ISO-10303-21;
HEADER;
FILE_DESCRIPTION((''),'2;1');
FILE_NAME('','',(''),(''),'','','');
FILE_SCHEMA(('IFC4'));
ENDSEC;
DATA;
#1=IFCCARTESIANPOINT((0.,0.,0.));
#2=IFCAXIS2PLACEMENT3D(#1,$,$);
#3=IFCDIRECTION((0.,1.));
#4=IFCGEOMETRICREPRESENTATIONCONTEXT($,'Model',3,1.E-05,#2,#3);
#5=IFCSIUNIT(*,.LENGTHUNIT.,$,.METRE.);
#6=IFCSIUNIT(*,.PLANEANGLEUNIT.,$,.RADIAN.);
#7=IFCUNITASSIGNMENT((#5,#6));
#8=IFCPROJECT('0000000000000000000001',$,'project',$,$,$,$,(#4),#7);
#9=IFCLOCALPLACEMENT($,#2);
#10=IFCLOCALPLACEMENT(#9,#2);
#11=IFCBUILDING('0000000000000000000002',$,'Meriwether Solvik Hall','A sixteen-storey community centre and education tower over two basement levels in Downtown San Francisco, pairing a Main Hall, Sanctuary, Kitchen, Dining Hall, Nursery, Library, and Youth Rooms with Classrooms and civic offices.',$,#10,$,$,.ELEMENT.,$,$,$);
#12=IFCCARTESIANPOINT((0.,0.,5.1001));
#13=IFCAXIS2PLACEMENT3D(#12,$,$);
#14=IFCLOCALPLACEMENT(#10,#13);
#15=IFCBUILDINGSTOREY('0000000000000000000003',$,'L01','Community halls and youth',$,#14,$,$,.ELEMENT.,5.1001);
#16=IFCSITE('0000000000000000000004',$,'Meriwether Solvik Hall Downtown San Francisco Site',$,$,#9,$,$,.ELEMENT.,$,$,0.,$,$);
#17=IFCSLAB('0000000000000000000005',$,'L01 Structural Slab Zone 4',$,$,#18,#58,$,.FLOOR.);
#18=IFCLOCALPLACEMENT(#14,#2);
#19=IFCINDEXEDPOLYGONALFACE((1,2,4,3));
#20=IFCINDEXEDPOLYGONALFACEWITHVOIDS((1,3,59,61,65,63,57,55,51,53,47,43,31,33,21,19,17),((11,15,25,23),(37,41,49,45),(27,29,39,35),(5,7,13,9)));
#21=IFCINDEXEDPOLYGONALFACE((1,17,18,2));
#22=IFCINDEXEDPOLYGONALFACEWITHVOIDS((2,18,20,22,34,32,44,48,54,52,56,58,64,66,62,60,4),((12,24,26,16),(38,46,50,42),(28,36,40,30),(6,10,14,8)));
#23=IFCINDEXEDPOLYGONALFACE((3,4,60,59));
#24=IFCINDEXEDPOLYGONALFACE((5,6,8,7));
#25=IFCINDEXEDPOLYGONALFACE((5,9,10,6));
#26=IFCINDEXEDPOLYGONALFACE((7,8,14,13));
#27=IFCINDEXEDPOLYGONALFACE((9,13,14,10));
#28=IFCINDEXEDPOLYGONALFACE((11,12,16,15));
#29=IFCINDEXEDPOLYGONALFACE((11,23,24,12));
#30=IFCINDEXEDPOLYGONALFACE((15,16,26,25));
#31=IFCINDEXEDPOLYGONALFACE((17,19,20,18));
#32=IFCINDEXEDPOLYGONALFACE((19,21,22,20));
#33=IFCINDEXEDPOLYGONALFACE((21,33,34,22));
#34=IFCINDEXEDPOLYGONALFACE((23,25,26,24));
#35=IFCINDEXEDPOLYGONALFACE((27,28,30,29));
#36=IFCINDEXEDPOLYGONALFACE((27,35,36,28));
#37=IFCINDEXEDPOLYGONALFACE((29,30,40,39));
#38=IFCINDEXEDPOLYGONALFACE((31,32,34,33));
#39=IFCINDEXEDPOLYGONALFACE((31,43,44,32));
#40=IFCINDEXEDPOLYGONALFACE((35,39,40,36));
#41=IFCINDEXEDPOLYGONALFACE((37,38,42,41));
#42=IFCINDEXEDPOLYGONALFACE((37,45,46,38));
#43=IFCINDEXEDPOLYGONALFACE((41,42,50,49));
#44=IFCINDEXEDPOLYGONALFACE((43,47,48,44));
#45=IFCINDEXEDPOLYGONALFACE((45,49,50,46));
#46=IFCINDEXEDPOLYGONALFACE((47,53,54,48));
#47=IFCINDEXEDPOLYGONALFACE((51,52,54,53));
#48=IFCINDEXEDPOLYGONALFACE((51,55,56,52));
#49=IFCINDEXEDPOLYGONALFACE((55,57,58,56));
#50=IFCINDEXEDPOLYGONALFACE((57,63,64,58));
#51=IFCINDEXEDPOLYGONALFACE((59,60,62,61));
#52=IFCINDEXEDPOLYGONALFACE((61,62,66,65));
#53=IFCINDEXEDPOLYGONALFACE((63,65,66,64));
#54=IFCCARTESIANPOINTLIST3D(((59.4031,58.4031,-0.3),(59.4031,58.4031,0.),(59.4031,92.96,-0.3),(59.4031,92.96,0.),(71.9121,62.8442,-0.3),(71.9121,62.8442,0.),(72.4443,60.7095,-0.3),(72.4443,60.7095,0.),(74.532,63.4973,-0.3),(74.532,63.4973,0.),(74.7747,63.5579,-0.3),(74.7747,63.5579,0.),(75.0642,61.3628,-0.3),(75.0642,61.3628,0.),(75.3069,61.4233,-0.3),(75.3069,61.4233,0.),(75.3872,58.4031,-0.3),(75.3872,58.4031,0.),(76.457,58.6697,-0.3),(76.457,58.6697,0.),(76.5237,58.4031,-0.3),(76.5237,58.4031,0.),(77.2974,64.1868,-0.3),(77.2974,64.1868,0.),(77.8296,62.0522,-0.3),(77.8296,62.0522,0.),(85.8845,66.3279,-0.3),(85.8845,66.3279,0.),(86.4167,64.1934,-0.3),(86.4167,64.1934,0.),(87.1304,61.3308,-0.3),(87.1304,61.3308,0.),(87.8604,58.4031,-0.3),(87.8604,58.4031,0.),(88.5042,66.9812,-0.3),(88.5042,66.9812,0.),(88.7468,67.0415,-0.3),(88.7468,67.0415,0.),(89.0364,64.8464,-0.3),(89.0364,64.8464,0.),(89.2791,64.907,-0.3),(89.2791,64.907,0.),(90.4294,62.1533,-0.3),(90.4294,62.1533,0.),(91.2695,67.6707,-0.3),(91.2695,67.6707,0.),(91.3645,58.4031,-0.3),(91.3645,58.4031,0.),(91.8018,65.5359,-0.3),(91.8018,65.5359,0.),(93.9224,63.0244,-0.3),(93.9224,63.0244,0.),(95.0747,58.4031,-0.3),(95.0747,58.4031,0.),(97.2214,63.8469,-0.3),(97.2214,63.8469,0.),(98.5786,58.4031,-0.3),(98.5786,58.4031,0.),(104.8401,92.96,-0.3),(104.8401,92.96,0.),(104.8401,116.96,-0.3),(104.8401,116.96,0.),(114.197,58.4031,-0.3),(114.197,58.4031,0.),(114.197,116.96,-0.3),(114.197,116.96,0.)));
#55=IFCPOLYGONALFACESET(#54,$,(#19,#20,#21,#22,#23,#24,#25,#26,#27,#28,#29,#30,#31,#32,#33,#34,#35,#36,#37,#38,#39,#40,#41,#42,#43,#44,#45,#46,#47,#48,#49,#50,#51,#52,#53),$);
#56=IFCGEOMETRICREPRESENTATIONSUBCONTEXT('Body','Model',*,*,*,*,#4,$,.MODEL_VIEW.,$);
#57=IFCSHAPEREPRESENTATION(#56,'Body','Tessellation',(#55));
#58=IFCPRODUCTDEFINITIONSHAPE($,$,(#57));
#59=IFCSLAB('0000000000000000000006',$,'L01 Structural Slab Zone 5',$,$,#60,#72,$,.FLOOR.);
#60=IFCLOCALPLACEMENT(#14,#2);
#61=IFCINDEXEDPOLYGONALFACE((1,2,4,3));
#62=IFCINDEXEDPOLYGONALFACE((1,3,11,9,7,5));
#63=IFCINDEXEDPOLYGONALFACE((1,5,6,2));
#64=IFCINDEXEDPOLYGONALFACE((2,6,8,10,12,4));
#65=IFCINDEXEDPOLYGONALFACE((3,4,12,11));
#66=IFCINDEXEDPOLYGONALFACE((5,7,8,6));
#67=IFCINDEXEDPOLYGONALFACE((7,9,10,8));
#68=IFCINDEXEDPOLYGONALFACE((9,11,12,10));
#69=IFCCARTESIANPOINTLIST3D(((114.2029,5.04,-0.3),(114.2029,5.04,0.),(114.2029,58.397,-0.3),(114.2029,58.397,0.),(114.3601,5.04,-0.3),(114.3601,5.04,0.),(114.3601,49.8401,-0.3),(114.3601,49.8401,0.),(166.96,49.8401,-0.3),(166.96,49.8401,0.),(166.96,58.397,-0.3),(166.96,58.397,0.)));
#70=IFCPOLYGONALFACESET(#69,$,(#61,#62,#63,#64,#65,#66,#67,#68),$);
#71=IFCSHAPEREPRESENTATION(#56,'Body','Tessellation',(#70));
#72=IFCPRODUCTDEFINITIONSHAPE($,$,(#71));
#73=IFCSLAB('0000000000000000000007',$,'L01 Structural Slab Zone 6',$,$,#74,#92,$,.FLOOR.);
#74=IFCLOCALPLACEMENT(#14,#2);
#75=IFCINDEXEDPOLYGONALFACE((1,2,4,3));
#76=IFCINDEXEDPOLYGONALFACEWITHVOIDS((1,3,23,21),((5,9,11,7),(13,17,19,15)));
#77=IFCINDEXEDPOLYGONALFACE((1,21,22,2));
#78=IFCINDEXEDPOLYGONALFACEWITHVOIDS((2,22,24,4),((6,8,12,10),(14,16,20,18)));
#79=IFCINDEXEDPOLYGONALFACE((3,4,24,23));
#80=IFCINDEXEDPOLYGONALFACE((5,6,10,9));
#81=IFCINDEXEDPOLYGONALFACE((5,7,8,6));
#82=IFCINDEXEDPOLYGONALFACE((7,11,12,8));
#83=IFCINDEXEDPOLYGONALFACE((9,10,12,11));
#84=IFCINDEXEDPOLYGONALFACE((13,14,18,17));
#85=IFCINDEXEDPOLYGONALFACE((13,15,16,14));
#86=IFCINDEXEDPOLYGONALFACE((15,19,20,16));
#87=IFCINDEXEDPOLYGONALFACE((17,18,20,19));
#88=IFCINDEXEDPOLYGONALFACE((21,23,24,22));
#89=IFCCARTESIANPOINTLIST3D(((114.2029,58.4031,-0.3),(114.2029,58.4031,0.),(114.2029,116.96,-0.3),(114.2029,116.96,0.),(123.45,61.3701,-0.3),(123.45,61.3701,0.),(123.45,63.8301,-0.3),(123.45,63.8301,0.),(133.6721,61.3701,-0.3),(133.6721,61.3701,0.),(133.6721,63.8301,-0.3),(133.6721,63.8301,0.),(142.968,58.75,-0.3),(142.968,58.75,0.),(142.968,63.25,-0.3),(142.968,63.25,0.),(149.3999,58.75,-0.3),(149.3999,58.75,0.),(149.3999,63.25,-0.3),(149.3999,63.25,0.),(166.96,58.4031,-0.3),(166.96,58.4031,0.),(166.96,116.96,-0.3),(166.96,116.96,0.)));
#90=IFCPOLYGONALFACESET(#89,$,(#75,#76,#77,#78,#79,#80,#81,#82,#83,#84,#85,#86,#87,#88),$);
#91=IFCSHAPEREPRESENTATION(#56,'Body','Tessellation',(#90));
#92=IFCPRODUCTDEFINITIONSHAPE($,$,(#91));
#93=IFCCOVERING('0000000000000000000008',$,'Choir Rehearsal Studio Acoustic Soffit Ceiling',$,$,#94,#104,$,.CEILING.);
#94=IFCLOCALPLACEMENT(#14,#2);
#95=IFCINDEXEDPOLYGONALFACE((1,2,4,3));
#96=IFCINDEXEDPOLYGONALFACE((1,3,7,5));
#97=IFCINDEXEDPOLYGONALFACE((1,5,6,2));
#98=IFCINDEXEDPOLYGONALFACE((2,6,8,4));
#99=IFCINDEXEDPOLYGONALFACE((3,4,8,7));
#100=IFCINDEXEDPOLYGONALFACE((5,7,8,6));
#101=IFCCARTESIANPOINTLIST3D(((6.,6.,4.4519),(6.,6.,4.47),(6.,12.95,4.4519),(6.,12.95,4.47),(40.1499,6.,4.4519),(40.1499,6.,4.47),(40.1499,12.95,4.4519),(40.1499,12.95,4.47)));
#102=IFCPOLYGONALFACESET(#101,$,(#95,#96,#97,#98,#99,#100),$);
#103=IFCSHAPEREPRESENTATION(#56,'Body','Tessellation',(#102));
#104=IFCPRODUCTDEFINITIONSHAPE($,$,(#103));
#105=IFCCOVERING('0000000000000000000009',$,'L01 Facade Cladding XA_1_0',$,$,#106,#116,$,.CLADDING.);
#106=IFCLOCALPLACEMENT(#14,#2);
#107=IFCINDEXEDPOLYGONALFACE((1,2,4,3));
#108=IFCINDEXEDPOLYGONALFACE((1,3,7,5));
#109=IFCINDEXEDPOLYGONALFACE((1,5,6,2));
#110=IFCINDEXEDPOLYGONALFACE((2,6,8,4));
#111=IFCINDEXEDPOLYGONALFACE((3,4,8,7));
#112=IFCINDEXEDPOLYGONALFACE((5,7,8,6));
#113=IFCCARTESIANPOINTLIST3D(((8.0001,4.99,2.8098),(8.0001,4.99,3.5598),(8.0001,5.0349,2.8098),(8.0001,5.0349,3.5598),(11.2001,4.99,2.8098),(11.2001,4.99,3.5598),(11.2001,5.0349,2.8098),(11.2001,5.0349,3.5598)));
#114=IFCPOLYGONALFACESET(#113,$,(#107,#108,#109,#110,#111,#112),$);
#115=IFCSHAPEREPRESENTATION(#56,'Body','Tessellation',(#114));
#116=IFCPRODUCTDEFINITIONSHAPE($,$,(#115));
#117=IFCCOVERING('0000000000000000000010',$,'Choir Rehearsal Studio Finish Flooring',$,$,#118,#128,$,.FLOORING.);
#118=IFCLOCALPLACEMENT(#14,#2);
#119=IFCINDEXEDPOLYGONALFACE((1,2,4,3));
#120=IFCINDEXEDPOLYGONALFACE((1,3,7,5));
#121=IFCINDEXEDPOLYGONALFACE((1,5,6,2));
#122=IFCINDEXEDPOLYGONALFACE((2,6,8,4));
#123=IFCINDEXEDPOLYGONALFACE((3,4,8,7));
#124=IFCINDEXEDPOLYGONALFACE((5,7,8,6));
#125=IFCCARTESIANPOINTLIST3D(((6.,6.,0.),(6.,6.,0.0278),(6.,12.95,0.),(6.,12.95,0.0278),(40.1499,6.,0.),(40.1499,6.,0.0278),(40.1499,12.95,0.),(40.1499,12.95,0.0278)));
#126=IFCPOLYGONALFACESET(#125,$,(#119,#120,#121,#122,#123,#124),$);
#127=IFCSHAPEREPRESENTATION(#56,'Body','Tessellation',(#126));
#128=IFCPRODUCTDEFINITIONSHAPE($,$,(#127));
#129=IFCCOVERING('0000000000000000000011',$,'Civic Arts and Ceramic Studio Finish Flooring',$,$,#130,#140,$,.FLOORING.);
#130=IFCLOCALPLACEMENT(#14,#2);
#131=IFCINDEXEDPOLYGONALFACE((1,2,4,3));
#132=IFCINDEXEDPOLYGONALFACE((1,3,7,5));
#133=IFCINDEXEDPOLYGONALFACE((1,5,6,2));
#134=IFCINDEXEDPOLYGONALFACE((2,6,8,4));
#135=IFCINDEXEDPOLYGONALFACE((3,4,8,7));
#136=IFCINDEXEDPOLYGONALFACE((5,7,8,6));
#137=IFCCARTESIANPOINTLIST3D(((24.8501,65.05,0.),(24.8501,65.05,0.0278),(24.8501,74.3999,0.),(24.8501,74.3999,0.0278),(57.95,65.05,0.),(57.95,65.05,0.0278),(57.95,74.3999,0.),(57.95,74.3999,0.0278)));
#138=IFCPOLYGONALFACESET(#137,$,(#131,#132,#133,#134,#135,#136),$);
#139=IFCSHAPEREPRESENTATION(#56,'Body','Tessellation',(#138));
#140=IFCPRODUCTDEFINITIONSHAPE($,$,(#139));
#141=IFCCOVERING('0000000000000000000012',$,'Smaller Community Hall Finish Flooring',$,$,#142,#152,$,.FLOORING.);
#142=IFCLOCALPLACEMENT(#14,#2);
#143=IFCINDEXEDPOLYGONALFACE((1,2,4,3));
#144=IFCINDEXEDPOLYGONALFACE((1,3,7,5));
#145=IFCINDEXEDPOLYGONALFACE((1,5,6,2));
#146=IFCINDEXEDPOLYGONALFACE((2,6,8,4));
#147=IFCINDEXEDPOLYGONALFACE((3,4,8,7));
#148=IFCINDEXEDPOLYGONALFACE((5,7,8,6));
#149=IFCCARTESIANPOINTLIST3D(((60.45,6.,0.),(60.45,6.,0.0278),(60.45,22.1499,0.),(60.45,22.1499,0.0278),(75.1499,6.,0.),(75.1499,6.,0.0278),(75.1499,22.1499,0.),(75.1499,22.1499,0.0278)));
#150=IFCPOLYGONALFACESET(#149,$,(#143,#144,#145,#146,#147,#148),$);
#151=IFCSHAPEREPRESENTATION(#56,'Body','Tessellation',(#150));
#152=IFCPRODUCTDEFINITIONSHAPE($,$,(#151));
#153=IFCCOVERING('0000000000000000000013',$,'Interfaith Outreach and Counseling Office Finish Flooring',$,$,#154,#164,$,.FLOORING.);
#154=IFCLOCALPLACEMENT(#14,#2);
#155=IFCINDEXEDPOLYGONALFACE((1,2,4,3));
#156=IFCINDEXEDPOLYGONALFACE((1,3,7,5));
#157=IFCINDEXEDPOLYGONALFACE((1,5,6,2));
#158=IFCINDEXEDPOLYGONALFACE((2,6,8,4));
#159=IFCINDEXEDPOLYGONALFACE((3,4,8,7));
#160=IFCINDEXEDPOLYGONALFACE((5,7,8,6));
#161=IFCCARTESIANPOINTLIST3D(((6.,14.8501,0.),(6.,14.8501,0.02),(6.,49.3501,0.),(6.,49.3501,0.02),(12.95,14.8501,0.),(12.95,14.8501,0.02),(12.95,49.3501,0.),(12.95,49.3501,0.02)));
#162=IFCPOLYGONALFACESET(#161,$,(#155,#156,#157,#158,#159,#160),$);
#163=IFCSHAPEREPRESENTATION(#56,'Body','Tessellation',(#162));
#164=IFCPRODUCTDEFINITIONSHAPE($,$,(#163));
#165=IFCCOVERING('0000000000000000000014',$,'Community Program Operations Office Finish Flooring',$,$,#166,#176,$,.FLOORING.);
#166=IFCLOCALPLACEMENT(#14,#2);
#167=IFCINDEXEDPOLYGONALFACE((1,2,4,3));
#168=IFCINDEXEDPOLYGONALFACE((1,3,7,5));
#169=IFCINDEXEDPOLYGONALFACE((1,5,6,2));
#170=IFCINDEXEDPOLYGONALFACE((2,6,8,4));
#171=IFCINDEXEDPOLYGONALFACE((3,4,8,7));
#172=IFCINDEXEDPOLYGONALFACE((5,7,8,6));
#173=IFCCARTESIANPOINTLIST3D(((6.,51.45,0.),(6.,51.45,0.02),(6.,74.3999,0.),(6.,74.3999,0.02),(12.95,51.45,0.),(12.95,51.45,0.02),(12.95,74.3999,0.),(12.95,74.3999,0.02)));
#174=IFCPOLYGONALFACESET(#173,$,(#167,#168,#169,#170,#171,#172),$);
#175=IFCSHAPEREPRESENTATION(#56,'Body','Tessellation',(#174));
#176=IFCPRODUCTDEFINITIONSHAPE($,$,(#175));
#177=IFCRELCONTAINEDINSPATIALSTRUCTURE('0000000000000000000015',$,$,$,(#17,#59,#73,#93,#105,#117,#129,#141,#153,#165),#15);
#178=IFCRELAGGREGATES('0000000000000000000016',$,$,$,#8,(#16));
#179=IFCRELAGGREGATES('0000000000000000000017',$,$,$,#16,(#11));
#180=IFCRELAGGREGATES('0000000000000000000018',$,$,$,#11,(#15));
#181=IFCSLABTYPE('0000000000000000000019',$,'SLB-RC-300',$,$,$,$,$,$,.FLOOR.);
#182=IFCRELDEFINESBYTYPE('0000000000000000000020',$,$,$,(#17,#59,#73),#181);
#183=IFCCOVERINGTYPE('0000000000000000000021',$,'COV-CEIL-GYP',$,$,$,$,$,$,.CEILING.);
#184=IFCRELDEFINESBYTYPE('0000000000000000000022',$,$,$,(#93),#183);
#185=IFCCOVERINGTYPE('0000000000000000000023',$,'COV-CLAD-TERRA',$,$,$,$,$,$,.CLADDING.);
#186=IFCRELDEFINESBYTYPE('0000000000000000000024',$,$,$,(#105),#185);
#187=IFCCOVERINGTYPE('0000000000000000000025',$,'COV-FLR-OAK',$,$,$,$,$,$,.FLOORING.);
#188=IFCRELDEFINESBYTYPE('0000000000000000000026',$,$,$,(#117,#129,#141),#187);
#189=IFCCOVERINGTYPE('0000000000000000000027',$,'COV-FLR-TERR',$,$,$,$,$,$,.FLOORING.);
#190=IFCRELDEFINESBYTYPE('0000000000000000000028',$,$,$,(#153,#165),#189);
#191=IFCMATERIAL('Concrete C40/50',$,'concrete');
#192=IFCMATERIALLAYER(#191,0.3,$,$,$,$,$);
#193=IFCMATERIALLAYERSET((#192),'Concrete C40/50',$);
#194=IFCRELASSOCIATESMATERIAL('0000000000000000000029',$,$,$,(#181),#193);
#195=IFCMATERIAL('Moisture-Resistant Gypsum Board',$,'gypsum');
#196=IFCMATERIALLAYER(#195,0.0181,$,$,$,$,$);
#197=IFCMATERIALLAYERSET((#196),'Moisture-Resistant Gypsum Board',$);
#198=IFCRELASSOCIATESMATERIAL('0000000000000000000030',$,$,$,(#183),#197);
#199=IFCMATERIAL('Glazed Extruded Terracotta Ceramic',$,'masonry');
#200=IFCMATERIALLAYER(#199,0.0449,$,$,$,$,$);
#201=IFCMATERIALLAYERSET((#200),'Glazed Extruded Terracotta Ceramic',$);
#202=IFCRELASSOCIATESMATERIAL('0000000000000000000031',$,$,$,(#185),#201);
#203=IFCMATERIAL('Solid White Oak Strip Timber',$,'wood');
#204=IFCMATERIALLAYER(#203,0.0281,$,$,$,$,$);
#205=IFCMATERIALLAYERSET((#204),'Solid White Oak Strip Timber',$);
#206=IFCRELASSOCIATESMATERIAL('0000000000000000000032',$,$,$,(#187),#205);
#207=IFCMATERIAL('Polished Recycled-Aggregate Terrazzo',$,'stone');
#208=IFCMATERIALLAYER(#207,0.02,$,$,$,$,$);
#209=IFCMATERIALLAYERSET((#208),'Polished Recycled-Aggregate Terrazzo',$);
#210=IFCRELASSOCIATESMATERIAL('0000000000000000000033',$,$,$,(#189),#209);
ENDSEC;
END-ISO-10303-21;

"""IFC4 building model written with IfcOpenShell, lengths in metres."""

from ifc_helpers import new_model, si_unit, direction, frame, origin, origin_2d, place, context, subcontext, project, spatial, polyline, rectangle, outline, extrude, material, layer, layer_set, type_object, element, save


model = new_model("IFC4")

# Units and contexts
model_context = context("Model", 3, precision=1e-05, world=origin(), true_north=direction((0.0, 1.0)))
body_context = subcontext(model_context, "Body", "Model", "MODEL_VIEW")
ifc_project = project(units=[si_unit("LENGTHUNIT", "METRE"), si_unit("PLANEANGLEUNIT", "RADIAN")], contexts=[model_context])

# Site, building, storey
site_placement = place(None, origin())
site = spatial("IfcSite", under=ifc_project, at=site_placement, Name="Meriwether Solvik Hall Downtown San Francisco Site", CompositionType="ELEMENT", RefElevation=0.0)
building_placement = place(site_placement, origin())
building = spatial("IfcBuilding", under=site, at=building_placement, Name="Meriwether Solvik Hall", Description="A sixteen-storey community centre and education tower over two basement levels in Downtown San Francisco, pairing a Main Hall, Sanctuary, Kitchen, Dining Hall, Nursery, Library, and Youth Rooms with Classrooms and civic offices.", CompositionType="ELEMENT")
storey_placement = place(building_placement, frame((0.0, 0.0, 5.1001)))
storey = spatial("IfcBuildingStorey", under=building, at=storey_placement, Name="L01", Description="Community halls and youth", CompositionType="ELEMENT", Elevation=5.1001)

# Slabs
ifc_material_1 = material(Name="Concrete C40/50", Category="concrete")
ifc_layer_1 = layer(ifc_material_1, 0.3)
ifc_layer_set_1 = layer_set([ifc_layer_1], Name="Concrete C40/50")
slab_type_1 = type_object("IfcSlabType", Name="SLB-RC-300", PredefinedType="FLOOR", material=ifc_layer_set_1)
slab_1_placement = place(storey_placement, frame((0.0, 0.0, -0.3)))
element("IfcSlab", 1, at=slab_1_placement, inside=storey, type_object=slab_type_1, Name="L01 Structural Slab Zone 4", PredefinedType="FLOOR", context=body_context, shape_type="SweptSolid", body=[
    extrude(outline(polyline([(98.5786, 58.4031), (97.2214, 63.8469), (93.9224, 63.0244), (95.0747, 58.4031), (91.3645, 58.4031), (90.4294, 62.1533), (87.1304, 61.3308), (87.8604, 58.4031), (76.5237, 58.4031), (76.457, 58.6697), (75.3872, 58.4031), (59.4031, 58.4031), (59.4031, 92.96), (104.8401, 92.96), (104.8401, 116.96), (114.197, 116.96), (114.197, 58.4031), (98.5786, 58.4031)]), holes=[polyline([(75.0642, 61.3628), (74.532, 63.4973), (71.9121, 62.8442), (72.4443, 60.7095), (75.0642, 61.3628)]), polyline([(77.8296, 62.0522), (77.2974, 64.1868), (74.7747, 63.5579), (75.3069, 61.4233), (77.8296, 62.0522)]), polyline([(88.5042, 66.9812), (85.8845, 66.3279), (86.4167, 64.1934), (89.0364, 64.8464), (88.5042, 66.9812)]), polyline([(91.8018, 65.5359), (91.2695, 67.6707), (88.7468, 67.0415), (89.2791, 64.907), (91.8018, 65.5359)])]), origin(), (0.0, 0.0, 1.0), 0.3),
])
slab_2_placement = place(storey_placement, frame((0.0, 0.0, -0.3)))
element("IfcSlab", 2, at=slab_2_placement, inside=storey, type_object=slab_type_1, Name="L01 Structural Slab Zone 5", PredefinedType="FLOOR", context=body_context, shape_type="SweptSolid", body=[
    extrude(outline(polyline([(166.96, 58.397), (166.96, 49.8401), (114.3601, 49.8401), (114.3601, 5.04), (114.2029, 5.04), (114.2029, 58.397), (166.96, 58.397)])), origin(), (0.0, 0.0, 1.0), 0.3),
])
slab_3_placement = place(storey_placement, frame((0.0, 0.0, -0.3)))
element("IfcSlab", 3, at=slab_3_placement, inside=storey, type_object=slab_type_1, Name="L01 Structural Slab Zone 6", PredefinedType="FLOOR", context=body_context, shape_type="SweptSolid", body=[
    extrude(outline(polyline([(114.2029, 116.96), (166.96, 116.96), (166.96, 58.4031), (114.2029, 58.4031), (114.2029, 116.96)]), holes=[polyline([(149.3999, 58.75), (149.3999, 63.25), (142.968, 63.25), (142.968, 58.75), (149.3999, 58.75)]), polyline([(133.6721, 61.3701), (133.6721, 63.8301), (123.45, 63.8301), (123.45, 61.3701), (133.6721, 61.3701)])]), origin(), (0.0, 0.0, 1.0), 0.3),
])

# Coverings
ifc_material_2 = material(Name="Moisture-Resistant Gypsum Board", Category="gypsum")
ifc_layer_2 = layer(ifc_material_2, 0.0181)
ifc_layer_set_2 = layer_set([ifc_layer_2], Name="Moisture-Resistant Gypsum Board")
covering_type_1 = type_object("IfcCoveringType", Name="COV-CEIL-GYP", PredefinedType="CEILING", material=ifc_layer_set_2)
covering_1_placement = place(storey_placement, frame((0.0, 0.0, 4.4519)))
element("IfcCovering", 4, at=covering_1_placement, inside=storey, type_object=covering_type_1, Name="Choir Rehearsal Studio Acoustic Soffit Ceiling", PredefinedType="CEILING", context=body_context, shape_type="SweptSolid", body=[
    extrude(outline(polyline([(40.1499, 6.0), (6.0, 6.0), (6.0, 12.95), (40.1499, 12.95), (40.1499, 6.0)])), origin(), (0.0, 0.0, 1.0), 0.0181),
])
ifc_material_3 = material(Name="Glazed Extruded Terracotta Ceramic", Category="masonry")
ifc_layer_3 = layer(ifc_material_3, 0.0449)
ifc_layer_set_3 = layer_set([ifc_layer_3], Name="Glazed Extruded Terracotta Ceramic")
covering_type_2 = type_object("IfcCoveringType", Name="COV-CLAD-TERRA", PredefinedType="CLADDING", material=ifc_layer_set_3)
covering_2_placement = place(storey_placement, frame((9.6001, 5.0125, 2.8098), z_axis=(0.0, 0.0, 1.0), x_axis=(-1.0, 0.0, 0.0)))
element("IfcCovering", 5, at=covering_2_placement, inside=storey, type_object=covering_type_2, Name="L01 Facade Cladding XA_1_0", PredefinedType="CLADDING", context=body_context, shape_type="SweptSolid", body=[
    extrude(rectangle(XDim=3.2, YDim=0.0449, at=origin_2d()), origin(), (0.0, 0.0, 1.0), 0.75),
])
ifc_material_4 = material(Name="Solid White Oak Strip Timber", Category="wood")
ifc_layer_4 = layer(ifc_material_4, 0.0281)
ifc_layer_set_4 = layer_set([ifc_layer_4], Name="Solid White Oak Strip Timber")
covering_type_3 = type_object("IfcCoveringType", Name="COV-FLR-OAK", PredefinedType="FLOORING", material=ifc_layer_set_4)
covering_3_placement = place(storey_placement, origin())
element("IfcCovering", 6, at=covering_3_placement, inside=storey, type_object=covering_type_3, Name="Choir Rehearsal Studio Finish Flooring", PredefinedType="FLOORING", context=body_context, shape_type="SweptSolid", body=[
    extrude(outline(polyline([(40.1499, 6.0), (6.0, 6.0), (6.0, 12.95), (40.1499, 12.95), (40.1499, 6.0)])), origin(), (0.0, 0.0, 1.0), 0.0278),
])
covering_4_placement = place(storey_placement, origin())
element("IfcCovering", 7, at=covering_4_placement, inside=storey, type_object=covering_type_3, Name="Civic Arts and Ceramic Studio Finish Flooring", PredefinedType="FLOORING", context=body_context, shape_type="SweptSolid", body=[
    extrude(outline(polyline([(24.8501, 65.05), (24.8501, 74.3999), (57.95, 74.3999), (57.95, 65.05), (24.8501, 65.05)])), origin(), (0.0, 0.0, 1.0), 0.0278),
])
covering_5_placement = place(storey_placement, origin())
element("IfcCovering", 8, at=covering_5_placement, inside=storey, type_object=covering_type_3, Name="Smaller Community Hall Finish Flooring", PredefinedType="FLOORING", context=body_context, shape_type="SweptSolid", body=[
    extrude(outline(polyline([(75.1499, 22.1499), (75.1499, 6.0), (60.45, 6.0), (60.45, 22.1499), (75.1499, 22.1499)])), origin(), (0.0, 0.0, 1.0), 0.0278),
])
ifc_material_5 = material(Name="Polished Recycled-Aggregate Terrazzo", Category="stone")
ifc_layer_5 = layer(ifc_material_5, 0.02)
ifc_layer_set_5 = layer_set([ifc_layer_5], Name="Polished Recycled-Aggregate Terrazzo")
covering_type_4 = type_object("IfcCoveringType", Name="COV-FLR-TERR", PredefinedType="FLOORING", material=ifc_layer_set_5)
covering_6_placement = place(storey_placement, origin())
element("IfcCovering", 9, at=covering_6_placement, inside=storey, type_object=covering_type_4, Name="Interfaith Outreach and Counseling Office Finish Flooring", PredefinedType="FLOORING", context=body_context, shape_type="SweptSolid", body=[
    extrude(outline(polyline([(12.95, 14.8501), (6.0, 14.8501), (6.0, 49.3501), (12.95, 49.3501), (12.95, 14.8501)])), origin(), (0.0, 0.0, 1.0), 0.02),
])
covering_7_placement = place(storey_placement, origin())
element("IfcCovering", 10, at=covering_7_placement, inside=storey, type_object=covering_type_4, Name="Community Program Operations Office Finish Flooring", PredefinedType="FLOORING", context=body_context, shape_type="SweptSolid", body=[
    extrude(outline(polyline([(6.0, 51.45), (6.0, 74.3999), (12.95, 74.3999), (12.95, 51.45), (6.0, 51.45)])), origin(), (0.0, 0.0, 1.0), 0.02),
])

save(model, "model.ifc")
